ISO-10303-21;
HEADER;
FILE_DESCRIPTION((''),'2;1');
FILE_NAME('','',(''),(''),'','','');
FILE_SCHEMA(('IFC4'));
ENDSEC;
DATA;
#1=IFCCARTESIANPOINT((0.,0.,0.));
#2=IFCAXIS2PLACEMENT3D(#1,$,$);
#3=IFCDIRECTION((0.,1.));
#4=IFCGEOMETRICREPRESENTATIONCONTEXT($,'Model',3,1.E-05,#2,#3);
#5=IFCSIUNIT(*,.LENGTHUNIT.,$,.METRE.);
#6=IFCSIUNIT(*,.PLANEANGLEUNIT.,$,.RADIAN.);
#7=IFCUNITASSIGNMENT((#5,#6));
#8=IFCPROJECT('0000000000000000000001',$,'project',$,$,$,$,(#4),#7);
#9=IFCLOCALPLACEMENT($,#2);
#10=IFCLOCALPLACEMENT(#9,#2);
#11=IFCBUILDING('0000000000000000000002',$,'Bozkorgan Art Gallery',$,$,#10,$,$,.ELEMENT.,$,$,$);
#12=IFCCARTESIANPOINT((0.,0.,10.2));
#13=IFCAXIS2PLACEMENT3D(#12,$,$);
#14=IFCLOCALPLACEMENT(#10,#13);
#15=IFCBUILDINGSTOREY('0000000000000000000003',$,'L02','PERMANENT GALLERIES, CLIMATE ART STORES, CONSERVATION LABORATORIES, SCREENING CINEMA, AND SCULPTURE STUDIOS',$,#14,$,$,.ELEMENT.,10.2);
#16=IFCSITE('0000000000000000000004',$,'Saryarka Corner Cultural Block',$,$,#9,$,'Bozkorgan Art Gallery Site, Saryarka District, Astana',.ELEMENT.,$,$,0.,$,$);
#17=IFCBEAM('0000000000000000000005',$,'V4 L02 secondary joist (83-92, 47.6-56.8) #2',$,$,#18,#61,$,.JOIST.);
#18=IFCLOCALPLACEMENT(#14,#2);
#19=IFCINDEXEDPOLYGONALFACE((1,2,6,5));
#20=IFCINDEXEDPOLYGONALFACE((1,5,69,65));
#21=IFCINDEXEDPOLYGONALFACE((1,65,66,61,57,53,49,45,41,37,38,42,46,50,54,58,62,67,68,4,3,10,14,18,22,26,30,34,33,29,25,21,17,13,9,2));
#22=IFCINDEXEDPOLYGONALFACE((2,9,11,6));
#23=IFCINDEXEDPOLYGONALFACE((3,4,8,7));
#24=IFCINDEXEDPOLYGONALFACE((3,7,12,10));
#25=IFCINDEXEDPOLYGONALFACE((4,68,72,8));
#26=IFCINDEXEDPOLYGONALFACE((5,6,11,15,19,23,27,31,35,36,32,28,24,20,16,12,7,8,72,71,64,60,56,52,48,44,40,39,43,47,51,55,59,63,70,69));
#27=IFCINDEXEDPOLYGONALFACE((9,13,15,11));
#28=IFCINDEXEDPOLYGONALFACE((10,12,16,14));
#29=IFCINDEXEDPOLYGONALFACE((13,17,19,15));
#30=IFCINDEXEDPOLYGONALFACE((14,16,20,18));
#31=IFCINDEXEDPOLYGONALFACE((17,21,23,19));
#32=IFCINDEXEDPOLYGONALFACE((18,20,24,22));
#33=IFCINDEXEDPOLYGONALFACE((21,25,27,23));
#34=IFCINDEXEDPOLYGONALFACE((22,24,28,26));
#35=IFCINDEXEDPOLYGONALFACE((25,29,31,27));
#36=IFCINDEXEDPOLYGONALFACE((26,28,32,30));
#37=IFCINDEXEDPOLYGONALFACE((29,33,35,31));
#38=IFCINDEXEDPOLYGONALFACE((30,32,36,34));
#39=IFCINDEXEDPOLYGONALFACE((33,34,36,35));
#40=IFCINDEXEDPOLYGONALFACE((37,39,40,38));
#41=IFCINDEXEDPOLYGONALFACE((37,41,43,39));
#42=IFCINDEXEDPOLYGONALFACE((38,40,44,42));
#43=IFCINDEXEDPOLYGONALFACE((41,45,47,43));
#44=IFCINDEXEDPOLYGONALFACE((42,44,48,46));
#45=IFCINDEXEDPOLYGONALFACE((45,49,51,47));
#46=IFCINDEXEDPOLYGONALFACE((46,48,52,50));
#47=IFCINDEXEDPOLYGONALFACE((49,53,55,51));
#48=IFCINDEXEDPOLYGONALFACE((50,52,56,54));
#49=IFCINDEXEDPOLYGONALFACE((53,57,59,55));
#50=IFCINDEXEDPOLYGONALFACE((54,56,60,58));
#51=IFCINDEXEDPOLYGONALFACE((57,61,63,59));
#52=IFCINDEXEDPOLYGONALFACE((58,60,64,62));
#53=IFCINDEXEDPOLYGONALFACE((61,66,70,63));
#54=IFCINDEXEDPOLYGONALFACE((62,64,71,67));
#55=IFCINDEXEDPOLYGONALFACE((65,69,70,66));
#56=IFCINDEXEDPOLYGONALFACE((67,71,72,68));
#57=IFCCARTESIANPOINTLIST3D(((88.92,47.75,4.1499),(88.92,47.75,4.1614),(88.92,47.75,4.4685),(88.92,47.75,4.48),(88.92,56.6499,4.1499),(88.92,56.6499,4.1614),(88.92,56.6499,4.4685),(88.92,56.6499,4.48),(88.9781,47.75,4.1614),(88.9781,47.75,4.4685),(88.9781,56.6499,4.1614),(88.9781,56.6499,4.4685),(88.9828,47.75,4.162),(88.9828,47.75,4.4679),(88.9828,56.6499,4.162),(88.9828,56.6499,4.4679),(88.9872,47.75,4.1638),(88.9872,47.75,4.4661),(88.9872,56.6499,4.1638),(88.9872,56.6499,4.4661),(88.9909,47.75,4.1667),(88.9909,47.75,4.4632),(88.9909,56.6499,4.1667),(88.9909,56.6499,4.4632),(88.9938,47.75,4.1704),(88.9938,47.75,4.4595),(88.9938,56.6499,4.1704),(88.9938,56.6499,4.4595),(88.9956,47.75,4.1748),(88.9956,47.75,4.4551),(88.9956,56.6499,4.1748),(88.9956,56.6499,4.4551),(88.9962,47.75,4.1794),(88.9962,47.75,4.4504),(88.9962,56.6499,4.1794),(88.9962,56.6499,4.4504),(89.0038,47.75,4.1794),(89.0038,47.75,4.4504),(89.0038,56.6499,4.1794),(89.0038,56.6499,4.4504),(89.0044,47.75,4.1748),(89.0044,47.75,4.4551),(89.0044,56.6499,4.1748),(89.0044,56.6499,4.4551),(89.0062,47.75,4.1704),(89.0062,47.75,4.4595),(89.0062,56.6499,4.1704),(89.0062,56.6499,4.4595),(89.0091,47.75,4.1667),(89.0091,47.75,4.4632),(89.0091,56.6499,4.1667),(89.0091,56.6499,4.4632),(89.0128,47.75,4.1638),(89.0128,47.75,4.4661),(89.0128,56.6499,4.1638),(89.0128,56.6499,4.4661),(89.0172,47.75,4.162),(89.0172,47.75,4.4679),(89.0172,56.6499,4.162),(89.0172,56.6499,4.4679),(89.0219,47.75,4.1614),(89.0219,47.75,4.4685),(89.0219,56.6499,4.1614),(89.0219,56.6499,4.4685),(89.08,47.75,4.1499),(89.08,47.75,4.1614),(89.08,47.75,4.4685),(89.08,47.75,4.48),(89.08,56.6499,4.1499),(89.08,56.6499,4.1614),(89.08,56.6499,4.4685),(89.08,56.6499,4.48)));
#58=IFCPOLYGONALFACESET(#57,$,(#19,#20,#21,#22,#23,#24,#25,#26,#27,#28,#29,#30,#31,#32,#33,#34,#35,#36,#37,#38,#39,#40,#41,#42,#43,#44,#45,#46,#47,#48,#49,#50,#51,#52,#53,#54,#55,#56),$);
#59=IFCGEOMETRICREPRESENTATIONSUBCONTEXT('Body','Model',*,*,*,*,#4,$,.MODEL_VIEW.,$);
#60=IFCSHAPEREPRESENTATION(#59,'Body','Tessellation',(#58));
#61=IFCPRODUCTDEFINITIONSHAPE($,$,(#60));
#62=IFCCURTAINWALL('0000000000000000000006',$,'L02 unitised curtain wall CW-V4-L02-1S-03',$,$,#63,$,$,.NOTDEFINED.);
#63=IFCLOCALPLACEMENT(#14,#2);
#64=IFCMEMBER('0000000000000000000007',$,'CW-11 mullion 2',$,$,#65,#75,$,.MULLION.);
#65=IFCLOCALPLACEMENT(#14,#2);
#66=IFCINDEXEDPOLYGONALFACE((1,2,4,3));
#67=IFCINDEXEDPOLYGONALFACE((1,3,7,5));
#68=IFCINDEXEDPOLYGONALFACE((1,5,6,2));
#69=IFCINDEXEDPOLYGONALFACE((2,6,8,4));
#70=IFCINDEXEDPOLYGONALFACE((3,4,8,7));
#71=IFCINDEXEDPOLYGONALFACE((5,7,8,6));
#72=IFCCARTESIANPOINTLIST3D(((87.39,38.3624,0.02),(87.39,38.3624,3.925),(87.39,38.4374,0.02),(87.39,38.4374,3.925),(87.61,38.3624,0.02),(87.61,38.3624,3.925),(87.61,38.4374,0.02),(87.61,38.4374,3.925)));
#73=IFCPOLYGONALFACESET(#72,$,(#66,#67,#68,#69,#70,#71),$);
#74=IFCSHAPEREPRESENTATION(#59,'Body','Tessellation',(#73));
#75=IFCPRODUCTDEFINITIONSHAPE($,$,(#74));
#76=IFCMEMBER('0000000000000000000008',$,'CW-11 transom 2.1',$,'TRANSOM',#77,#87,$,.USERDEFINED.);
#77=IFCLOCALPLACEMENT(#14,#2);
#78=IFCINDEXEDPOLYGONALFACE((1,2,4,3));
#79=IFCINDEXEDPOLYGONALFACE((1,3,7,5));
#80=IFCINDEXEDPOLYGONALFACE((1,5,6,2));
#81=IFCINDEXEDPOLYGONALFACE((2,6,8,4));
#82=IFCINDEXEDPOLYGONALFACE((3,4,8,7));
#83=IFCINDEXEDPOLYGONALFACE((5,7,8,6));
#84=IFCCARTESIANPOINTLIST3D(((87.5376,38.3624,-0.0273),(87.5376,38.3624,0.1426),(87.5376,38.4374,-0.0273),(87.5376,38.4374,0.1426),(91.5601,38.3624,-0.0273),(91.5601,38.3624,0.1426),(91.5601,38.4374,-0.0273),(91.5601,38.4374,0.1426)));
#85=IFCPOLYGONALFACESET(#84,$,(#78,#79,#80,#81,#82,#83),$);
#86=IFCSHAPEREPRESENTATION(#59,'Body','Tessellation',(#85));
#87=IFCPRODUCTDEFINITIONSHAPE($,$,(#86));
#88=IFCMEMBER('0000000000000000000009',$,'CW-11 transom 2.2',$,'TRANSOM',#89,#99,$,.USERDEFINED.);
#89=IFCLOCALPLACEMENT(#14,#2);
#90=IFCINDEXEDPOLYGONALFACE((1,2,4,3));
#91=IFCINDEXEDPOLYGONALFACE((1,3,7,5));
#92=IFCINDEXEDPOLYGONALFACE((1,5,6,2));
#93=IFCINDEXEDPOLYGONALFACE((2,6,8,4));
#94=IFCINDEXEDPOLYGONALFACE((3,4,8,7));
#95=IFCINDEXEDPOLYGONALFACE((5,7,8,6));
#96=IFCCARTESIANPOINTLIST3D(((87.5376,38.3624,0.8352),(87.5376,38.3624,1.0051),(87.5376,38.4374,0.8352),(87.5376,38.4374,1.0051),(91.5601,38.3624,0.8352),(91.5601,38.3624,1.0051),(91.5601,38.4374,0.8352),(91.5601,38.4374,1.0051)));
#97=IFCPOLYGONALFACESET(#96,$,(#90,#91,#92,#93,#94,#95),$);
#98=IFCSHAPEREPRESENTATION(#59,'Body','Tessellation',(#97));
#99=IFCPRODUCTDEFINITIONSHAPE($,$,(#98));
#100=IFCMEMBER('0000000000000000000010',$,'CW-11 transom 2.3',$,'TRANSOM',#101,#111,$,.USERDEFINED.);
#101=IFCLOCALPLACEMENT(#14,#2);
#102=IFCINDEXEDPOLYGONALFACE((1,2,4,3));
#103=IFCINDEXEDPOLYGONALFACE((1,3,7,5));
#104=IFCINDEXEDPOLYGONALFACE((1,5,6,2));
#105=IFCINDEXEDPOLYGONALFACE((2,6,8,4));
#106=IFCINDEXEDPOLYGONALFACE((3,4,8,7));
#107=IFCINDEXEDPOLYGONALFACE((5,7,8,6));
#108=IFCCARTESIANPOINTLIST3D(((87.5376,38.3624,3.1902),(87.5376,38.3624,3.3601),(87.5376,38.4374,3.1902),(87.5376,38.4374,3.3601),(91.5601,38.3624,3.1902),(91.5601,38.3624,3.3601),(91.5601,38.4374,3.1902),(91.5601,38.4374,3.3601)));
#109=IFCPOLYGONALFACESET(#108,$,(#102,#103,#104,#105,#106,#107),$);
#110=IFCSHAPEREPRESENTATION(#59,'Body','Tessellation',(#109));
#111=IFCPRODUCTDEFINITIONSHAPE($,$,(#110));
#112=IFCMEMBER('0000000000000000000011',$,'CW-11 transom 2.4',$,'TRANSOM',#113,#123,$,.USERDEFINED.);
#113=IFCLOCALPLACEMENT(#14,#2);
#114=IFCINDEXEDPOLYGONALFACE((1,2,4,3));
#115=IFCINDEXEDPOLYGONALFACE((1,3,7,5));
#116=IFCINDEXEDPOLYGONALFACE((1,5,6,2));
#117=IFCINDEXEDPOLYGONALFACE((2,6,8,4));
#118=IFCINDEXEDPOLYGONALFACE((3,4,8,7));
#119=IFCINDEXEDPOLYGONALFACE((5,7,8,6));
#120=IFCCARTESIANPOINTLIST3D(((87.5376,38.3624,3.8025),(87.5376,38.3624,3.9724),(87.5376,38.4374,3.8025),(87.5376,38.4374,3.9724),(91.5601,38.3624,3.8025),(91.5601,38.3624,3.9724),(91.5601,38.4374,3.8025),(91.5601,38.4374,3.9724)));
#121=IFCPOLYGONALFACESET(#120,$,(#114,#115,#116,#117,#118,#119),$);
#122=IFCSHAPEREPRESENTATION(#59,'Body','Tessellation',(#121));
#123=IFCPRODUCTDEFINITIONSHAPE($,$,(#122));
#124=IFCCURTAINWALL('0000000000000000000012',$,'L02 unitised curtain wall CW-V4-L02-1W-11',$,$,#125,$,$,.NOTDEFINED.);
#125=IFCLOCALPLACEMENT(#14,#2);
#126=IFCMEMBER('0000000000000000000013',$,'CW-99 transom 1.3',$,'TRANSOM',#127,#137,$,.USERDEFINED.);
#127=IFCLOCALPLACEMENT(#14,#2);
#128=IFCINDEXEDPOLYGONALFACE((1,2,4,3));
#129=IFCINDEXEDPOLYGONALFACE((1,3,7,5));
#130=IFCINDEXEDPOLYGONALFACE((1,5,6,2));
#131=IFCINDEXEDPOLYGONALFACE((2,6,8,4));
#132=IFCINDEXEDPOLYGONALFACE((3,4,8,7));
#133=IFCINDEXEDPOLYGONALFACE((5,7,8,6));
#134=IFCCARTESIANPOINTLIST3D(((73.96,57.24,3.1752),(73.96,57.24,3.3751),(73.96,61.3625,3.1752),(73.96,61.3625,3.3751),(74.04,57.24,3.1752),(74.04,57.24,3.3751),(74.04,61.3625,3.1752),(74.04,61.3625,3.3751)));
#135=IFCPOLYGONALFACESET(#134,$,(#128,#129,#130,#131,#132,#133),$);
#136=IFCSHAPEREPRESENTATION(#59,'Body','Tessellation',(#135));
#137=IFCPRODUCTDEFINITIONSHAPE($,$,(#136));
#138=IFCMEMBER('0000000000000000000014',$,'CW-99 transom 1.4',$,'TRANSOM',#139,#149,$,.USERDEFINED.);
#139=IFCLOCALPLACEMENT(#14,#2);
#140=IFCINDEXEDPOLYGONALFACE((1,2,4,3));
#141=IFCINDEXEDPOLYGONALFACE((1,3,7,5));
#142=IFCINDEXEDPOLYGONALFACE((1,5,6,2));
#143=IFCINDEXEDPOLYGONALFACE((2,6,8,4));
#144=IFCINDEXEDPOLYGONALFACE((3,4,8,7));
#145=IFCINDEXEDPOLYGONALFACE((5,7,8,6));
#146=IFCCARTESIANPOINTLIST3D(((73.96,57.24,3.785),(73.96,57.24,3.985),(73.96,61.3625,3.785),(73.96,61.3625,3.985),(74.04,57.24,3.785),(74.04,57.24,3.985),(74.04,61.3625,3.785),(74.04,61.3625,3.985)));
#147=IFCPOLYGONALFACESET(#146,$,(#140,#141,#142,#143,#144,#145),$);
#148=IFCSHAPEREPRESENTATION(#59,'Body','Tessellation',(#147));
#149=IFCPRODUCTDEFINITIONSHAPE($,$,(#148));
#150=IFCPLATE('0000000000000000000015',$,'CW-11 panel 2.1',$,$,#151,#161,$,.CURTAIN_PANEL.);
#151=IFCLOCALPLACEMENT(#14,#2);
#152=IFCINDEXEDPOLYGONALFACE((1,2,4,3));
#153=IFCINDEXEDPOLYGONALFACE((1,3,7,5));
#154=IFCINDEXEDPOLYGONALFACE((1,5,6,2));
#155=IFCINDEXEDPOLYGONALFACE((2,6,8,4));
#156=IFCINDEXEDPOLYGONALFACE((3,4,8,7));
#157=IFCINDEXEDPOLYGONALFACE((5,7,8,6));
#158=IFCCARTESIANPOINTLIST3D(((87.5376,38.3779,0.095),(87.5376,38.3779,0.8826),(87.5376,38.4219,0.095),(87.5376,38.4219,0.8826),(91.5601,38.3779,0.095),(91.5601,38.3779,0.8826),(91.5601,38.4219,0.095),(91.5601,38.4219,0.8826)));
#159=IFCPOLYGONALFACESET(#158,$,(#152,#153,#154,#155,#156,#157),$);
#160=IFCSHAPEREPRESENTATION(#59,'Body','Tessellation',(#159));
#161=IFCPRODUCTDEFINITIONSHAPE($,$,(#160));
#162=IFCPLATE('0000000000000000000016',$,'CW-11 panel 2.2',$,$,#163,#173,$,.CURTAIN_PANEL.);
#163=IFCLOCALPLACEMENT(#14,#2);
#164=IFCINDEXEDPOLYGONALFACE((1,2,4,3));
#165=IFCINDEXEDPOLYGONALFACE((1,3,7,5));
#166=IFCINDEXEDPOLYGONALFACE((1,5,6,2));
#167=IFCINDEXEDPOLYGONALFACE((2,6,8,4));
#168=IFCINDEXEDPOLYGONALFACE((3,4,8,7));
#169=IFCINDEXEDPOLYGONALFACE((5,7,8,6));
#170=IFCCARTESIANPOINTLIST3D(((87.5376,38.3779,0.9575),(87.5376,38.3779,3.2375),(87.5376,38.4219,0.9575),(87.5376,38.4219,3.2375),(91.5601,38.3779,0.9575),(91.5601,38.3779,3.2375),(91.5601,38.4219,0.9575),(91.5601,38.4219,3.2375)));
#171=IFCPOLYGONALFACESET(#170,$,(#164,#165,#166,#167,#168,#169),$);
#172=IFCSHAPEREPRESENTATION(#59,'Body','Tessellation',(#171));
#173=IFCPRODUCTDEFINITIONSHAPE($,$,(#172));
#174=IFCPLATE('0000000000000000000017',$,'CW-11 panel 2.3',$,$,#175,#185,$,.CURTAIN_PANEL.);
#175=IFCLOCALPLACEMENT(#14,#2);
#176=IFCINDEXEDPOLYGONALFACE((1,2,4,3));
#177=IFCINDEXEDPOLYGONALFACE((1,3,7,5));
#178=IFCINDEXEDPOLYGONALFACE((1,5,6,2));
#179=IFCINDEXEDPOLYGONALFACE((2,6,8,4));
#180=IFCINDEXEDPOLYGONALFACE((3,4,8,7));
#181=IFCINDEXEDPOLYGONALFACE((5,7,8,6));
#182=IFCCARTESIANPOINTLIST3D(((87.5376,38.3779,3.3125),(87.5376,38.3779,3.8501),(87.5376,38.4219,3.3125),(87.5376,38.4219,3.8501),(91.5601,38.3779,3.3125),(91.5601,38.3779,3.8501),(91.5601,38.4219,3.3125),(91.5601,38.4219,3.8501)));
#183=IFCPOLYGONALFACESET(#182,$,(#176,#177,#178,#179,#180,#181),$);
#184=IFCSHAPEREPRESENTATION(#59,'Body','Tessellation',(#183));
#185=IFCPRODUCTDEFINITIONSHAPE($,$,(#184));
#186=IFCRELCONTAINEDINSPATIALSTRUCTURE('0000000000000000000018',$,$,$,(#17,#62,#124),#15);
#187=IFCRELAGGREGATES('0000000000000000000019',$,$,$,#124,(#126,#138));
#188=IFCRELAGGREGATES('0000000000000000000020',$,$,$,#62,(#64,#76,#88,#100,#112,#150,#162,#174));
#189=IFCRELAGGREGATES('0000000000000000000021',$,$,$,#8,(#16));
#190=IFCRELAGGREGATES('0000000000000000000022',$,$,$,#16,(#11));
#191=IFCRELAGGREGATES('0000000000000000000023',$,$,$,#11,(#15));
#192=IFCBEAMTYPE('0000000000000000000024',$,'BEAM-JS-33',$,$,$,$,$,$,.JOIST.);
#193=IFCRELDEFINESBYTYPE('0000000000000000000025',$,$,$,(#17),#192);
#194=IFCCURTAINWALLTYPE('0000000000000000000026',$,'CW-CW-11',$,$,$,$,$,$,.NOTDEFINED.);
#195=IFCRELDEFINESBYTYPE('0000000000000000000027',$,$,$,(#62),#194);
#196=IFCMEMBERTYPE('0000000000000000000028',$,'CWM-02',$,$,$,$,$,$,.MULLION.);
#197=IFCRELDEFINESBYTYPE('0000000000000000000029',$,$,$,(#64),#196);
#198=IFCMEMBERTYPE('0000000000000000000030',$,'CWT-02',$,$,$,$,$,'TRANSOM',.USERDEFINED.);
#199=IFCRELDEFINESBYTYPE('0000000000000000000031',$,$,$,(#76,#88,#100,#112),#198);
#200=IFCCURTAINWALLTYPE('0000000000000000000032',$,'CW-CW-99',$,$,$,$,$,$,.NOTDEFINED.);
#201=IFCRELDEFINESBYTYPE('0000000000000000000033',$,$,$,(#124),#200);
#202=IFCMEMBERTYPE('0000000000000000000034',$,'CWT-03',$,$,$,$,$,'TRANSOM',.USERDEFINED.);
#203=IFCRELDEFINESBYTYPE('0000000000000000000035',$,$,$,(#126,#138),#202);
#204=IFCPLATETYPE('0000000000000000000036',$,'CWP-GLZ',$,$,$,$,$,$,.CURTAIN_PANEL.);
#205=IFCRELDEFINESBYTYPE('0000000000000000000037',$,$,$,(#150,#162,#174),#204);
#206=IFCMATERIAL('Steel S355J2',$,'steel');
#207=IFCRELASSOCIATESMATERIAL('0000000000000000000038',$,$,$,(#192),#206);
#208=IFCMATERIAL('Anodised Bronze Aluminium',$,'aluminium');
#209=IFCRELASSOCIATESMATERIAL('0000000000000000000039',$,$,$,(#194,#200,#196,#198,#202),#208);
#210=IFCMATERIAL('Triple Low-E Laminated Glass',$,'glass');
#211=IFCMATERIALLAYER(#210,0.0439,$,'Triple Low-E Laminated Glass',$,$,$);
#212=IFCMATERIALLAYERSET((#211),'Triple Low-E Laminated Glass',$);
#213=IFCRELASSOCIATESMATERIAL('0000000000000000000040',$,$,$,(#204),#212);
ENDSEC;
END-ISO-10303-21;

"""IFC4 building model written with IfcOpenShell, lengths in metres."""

from ifc_helpers import new_model, si_unit, direction, frame, origin, origin_2d, place, context, subcontext, project, spatial, rectangle, i_section, extrude, material, layer, layer_set, material_profile, profile_set, type_object, element, aggregate, save


model = new_model("IFC4")

# Units and contexts
model_context = context("Model", 3, precision=1e-05, world=origin(), true_north=direction((0.0, 1.0)))
body_context = subcontext(model_context, "Body", "Model", "MODEL_VIEW")
ifc_project = project(units=[si_unit("LENGTHUNIT", "METRE"), si_unit("PLANEANGLEUNIT", "RADIAN")], contexts=[model_context])

# Site, building, storey
site_placement = place(None, origin())
site = spatial("IfcSite", under=ifc_project, at=site_placement, Name="Saryarka Corner Cultural Block", LongName="Bozkorgan Art Gallery Site, Saryarka District, Astana", CompositionType="ELEMENT", RefElevation=0.0)
building_placement = place(site_placement, origin())
building = spatial("IfcBuilding", under=site, at=building_placement, Name="Bozkorgan Art Gallery", CompositionType="ELEMENT")
storey_placement = place(building_placement, frame((0.0, 0.0, 10.2)))
storey = spatial("IfcBuildingStorey", under=building, at=storey_placement, Name="L02", Description="PERMANENT GALLERIES, CLIMATE ART STORES, CONSERVATION LABORATORIES, SCREENING CINEMA, AND SCULPTURE STUDIOS", CompositionType="ELEMENT", Elevation=10.2)

# Beam
ifc_material_1 = material(Name="Steel S355J2", Category="steel")
ifc_material_profile_1 = material_profile(ifc_material_1, i_section(OverallWidth=0.1599, OverallDepth=0.3301, WebThickness=0.0076, FlangeThickness=0.0115, FilletRadius=0.0181, at=origin_2d()), Name="IPE 330")
ifc_profile_set_1 = profile_set([ifc_material_profile_1], Name="Steel S355J2")
beam_type_1 = type_object("IfcBeamType", Name="BEAM-JS-33", PredefinedType="JOIST", material=ifc_profile_set_1)
for number, where, z_axis, x_axis, name in (
    (1, (89.0, 47.75, 4.3149), (0.0, 1.0, 0.0), (-1.0, 0.0, 0.0), "V4 L02 secondary joist (83-92, 47.6-56.8) #2"),
):
    element("IfcBeam", number, at=place(storey_placement, frame(where, z_axis=z_axis, x_axis=x_axis)), inside=storey, type_object=beam_type_1, Name=name, PredefinedType="JOIST", context=body_context, shape_type="SweptSolid", body=[
        extrude(i_section(OverallWidth=0.1599, OverallDepth=0.3301, WebThickness=0.0076, FlangeThickness=0.0115, FilletRadius=0.0181, at=origin_2d()), origin(), (0.0, 0.0, 1.0), 8.8999),
    ])

# Curtain walls, members
ifc_material_2 = material(Name="Anodised Bronze Aluminium", Category="aluminium")
curtain_wall_type_1 = type_object("IfcCurtainWallType", Name="CW-CW-11", PredefinedType="NOTDEFINED", material=ifc_material_2)
curtain_wall_1_placement = place(storey_placement, origin())
curtain_wall_1 = element("IfcCurtainWall", 2, at=curtain_wall_1_placement, inside=storey, type_object=curtain_wall_type_1, Name="L02 unitised curtain wall CW-V4-L02-1S-03", PredefinedType="NOTDEFINED")
ifc_material_profile_2 = material_profile(ifc_material_2, rectangle(XDim=0.075, YDim=0.22, at=origin_2d()), Name="ALU MULLION 75x220")
ifc_profile_set_2 = profile_set([ifc_material_profile_2], Name="Anodised Bronze Aluminium")
member_type_1 = type_object("IfcMemberType", Name="CWM-02", PredefinedType="MULLION", material=ifc_profile_set_2)
member_1_placement = place(storey_placement, frame((87.5, 38.3999, 0.02), z_axis=(0.0, 0.0, 1.0), x_axis=(0.0, 1.0, 0.0)))
member_1 = element("IfcMember", 3, at=member_1_placement, type_object=member_type_1, Name="CW-11 mullion 2", PredefinedType="MULLION", context=body_context, shape_type="SweptSolid", body=[
    extrude(rectangle(XDim=0.075, YDim=0.22, at=origin_2d()), origin(), (0.0, 0.0, 1.0), 3.905),
])
ifc_material_profile_3 = material_profile(ifc_material_2, rectangle(XDim=0.075, YDim=0.1699, at=origin_2d()), Name="ALU TRANSOM 75x170")
ifc_profile_set_3 = profile_set([ifc_material_profile_3], Name="Anodised Bronze Aluminium")
member_type_2 = type_object("IfcMemberType", Name="CWT-02", ElementType="TRANSOM", PredefinedType="USERDEFINED", material=ifc_profile_set_3)
member_2_placement = place(storey_placement, frame((87.5376, 38.3999, 0.0576), z_axis=(1.0, 0.0, 0.0), x_axis=(0.0, 1.0, 0.0)))
member_2 = element("IfcMember", 4, at=member_2_placement, type_object=member_type_2, Name="CW-11 transom 2.1", ObjectType="TRANSOM", PredefinedType="USERDEFINED", context=body_context, shape_type="SweptSolid", body=[
    extrude(rectangle(XDim=0.075, YDim=0.1699, at=origin_2d()), origin(), (0.0, 0.0, 1.0), 4.0225),
])
member_3_placement = place(storey_placement, frame((87.5376, 38.3999, 0.9202), z_axis=(1.0, 0.0, 0.0), x_axis=(0.0, 1.0, 0.0)))
member_3 = element("IfcMember", 5, at=member_3_placement, type_object=member_type_2, Name="CW-11 transom 2.2", ObjectType="TRANSOM", PredefinedType="USERDEFINED", context=body_context, shape_type="SweptSolid", body=[
    extrude(rectangle(XDim=0.075, YDim=0.1699, at=origin_2d()), origin(), (0.0, 0.0, 1.0), 4.0225),
])
member_4_placement = place(storey_placement, frame((87.5376, 38.3999, 3.2751), z_axis=(1.0, 0.0, 0.0), x_axis=(0.0, 1.0, 0.0)))
member_4 = element("IfcMember", 6, at=member_4_placement, type_object=member_type_2, Name="CW-11 transom 2.3", ObjectType="TRANSOM", PredefinedType="USERDEFINED", context=body_context, shape_type="SweptSolid", body=[
    extrude(rectangle(XDim=0.075, YDim=0.1699, at=origin_2d()), origin(), (0.0, 0.0, 1.0), 4.0225),
])
member_5_placement = place(storey_placement, frame((87.5376, 38.3999, 3.8875), z_axis=(1.0, 0.0, 0.0), x_axis=(0.0, 1.0, 0.0)))
member_5 = element("IfcMember", 7, at=member_5_placement, type_object=member_type_2, Name="CW-11 transom 2.4", ObjectType="TRANSOM", PredefinedType="USERDEFINED", context=body_context, shape_type="SweptSolid", body=[
    extrude(rectangle(XDim=0.075, YDim=0.1699, at=origin_2d()), origin(), (0.0, 0.0, 1.0), 4.0225),
])
curtain_wall_type_2 = type_object("IfcCurtainWallType", Name="CW-CW-99", PredefinedType="NOTDEFINED", material=ifc_material_2)
curtain_wall_2_placement = place(storey_placement, origin())
curtain_wall_2 = element("IfcCurtainWall", 8, at=curtain_wall_2_placement, inside=storey, type_object=curtain_wall_type_2, Name="L02 unitised curtain wall CW-V4-L02-1W-11", PredefinedType="NOTDEFINED")
ifc_material_profile_4 = material_profile(ifc_material_2, rectangle(XDim=0.0801, YDim=0.2, at=origin_2d()), Name="ALU TRANSOM 80x200")
ifc_profile_set_4 = profile_set([ifc_material_profile_4], Name="Anodised Bronze Aluminium")
member_type_3 = type_object("IfcMemberType", Name="CWT-03", ElementType="TRANSOM", PredefinedType="USERDEFINED", material=ifc_profile_set_4)
member_6_placement = place(storey_placement, frame((74.0, 57.24, 3.2751), z_axis=(0.0, 1.0, 0.0), x_axis=(-1.0, 0.0, 0.0)))
member_6 = element("IfcMember", 9, at=member_6_placement, type_object=member_type_3, Name="CW-99 transom 1.3", ObjectType="TRANSOM", PredefinedType="USERDEFINED", context=body_context, shape_type="SweptSolid", body=[
    extrude(rectangle(XDim=0.0801, YDim=0.2, at=origin_2d()), origin(), (0.0, 0.0, 1.0), 4.1226),
])
member_7_placement = place(storey_placement, frame((74.0, 57.24, 3.885), z_axis=(0.0, 1.0, 0.0), x_axis=(-1.0, 0.0, 0.0)))
member_7 = element("IfcMember", 10, at=member_7_placement, type_object=member_type_3, Name="CW-99 transom 1.4", ObjectType="TRANSOM", PredefinedType="USERDEFINED", context=body_context, shape_type="SweptSolid", body=[
    extrude(rectangle(XDim=0.0801, YDim=0.2, at=origin_2d()), origin(), (0.0, 0.0, 1.0), 4.1226),
])
aggregate(curtain_wall_2, [member_6, member_7])

# Plates
ifc_material_3 = material(Name="Triple Low-E Laminated Glass", Category="glass")
ifc_layer_1 = layer(ifc_material_3, 0.0439, Name="Triple Low-E Laminated Glass")
ifc_layer_set_1 = layer_set([ifc_layer_1], Name="Triple Low-E Laminated Glass")
plate_type = type_object("IfcPlateType", Name="CWP-GLZ", PredefinedType="CURTAIN_PANEL", material=ifc_layer_set_1)
plate_1_placement = place(storey_placement, frame((89.5488, 38.3999, 0.095), z_axis=(0.0, 0.0, 1.0), x_axis=(1.0, 0.0, 0.0)))
plate_1 = element("IfcPlate", 11, at=plate_1_placement, type_object=plate_type, Name="CW-11 panel 2.1", PredefinedType="CURTAIN_PANEL", context=body_context, shape_type="SweptSolid", body=[
    extrude(rectangle(XDim=4.0225, YDim=0.0439, at=origin_2d()), origin(), (0.0, 0.0, 1.0), 0.7876),
])
plate_2_placement = place(storey_placement, frame((89.5488, 38.3999, 0.9575), z_axis=(0.0, 0.0, 1.0), x_axis=(1.0, 0.0, 0.0)))
plate_2 = element("IfcPlate", 12, at=plate_2_placement, type_object=plate_type, Name="CW-11 panel 2.2", PredefinedType="CURTAIN_PANEL", context=body_context, shape_type="SweptSolid", body=[
    extrude(rectangle(XDim=4.0225, YDim=0.0439, at=origin_2d()), origin(), (0.0, 0.0, 1.0), 2.28),
])
plate_3_placement = place(storey_placement, frame((89.5488, 38.3999, 3.3125), z_axis=(0.0, 0.0, 1.0), x_axis=(1.0, 0.0, 0.0)))
plate_3 = element("IfcPlate", 13, at=plate_3_placement, type_object=plate_type, Name="CW-11 panel 2.3", PredefinedType="CURTAIN_PANEL", context=body_context, shape_type="SweptSolid", body=[
    extrude(rectangle(XDim=4.0225, YDim=0.0439, at=origin_2d()), origin(), (0.0, 0.0, 1.0), 0.5376),
])
aggregate(curtain_wall_1, [member_1, member_2, member_3, member_4, member_5, plate_1, plate_2, plate_3])

save(model, "model.ifc")
